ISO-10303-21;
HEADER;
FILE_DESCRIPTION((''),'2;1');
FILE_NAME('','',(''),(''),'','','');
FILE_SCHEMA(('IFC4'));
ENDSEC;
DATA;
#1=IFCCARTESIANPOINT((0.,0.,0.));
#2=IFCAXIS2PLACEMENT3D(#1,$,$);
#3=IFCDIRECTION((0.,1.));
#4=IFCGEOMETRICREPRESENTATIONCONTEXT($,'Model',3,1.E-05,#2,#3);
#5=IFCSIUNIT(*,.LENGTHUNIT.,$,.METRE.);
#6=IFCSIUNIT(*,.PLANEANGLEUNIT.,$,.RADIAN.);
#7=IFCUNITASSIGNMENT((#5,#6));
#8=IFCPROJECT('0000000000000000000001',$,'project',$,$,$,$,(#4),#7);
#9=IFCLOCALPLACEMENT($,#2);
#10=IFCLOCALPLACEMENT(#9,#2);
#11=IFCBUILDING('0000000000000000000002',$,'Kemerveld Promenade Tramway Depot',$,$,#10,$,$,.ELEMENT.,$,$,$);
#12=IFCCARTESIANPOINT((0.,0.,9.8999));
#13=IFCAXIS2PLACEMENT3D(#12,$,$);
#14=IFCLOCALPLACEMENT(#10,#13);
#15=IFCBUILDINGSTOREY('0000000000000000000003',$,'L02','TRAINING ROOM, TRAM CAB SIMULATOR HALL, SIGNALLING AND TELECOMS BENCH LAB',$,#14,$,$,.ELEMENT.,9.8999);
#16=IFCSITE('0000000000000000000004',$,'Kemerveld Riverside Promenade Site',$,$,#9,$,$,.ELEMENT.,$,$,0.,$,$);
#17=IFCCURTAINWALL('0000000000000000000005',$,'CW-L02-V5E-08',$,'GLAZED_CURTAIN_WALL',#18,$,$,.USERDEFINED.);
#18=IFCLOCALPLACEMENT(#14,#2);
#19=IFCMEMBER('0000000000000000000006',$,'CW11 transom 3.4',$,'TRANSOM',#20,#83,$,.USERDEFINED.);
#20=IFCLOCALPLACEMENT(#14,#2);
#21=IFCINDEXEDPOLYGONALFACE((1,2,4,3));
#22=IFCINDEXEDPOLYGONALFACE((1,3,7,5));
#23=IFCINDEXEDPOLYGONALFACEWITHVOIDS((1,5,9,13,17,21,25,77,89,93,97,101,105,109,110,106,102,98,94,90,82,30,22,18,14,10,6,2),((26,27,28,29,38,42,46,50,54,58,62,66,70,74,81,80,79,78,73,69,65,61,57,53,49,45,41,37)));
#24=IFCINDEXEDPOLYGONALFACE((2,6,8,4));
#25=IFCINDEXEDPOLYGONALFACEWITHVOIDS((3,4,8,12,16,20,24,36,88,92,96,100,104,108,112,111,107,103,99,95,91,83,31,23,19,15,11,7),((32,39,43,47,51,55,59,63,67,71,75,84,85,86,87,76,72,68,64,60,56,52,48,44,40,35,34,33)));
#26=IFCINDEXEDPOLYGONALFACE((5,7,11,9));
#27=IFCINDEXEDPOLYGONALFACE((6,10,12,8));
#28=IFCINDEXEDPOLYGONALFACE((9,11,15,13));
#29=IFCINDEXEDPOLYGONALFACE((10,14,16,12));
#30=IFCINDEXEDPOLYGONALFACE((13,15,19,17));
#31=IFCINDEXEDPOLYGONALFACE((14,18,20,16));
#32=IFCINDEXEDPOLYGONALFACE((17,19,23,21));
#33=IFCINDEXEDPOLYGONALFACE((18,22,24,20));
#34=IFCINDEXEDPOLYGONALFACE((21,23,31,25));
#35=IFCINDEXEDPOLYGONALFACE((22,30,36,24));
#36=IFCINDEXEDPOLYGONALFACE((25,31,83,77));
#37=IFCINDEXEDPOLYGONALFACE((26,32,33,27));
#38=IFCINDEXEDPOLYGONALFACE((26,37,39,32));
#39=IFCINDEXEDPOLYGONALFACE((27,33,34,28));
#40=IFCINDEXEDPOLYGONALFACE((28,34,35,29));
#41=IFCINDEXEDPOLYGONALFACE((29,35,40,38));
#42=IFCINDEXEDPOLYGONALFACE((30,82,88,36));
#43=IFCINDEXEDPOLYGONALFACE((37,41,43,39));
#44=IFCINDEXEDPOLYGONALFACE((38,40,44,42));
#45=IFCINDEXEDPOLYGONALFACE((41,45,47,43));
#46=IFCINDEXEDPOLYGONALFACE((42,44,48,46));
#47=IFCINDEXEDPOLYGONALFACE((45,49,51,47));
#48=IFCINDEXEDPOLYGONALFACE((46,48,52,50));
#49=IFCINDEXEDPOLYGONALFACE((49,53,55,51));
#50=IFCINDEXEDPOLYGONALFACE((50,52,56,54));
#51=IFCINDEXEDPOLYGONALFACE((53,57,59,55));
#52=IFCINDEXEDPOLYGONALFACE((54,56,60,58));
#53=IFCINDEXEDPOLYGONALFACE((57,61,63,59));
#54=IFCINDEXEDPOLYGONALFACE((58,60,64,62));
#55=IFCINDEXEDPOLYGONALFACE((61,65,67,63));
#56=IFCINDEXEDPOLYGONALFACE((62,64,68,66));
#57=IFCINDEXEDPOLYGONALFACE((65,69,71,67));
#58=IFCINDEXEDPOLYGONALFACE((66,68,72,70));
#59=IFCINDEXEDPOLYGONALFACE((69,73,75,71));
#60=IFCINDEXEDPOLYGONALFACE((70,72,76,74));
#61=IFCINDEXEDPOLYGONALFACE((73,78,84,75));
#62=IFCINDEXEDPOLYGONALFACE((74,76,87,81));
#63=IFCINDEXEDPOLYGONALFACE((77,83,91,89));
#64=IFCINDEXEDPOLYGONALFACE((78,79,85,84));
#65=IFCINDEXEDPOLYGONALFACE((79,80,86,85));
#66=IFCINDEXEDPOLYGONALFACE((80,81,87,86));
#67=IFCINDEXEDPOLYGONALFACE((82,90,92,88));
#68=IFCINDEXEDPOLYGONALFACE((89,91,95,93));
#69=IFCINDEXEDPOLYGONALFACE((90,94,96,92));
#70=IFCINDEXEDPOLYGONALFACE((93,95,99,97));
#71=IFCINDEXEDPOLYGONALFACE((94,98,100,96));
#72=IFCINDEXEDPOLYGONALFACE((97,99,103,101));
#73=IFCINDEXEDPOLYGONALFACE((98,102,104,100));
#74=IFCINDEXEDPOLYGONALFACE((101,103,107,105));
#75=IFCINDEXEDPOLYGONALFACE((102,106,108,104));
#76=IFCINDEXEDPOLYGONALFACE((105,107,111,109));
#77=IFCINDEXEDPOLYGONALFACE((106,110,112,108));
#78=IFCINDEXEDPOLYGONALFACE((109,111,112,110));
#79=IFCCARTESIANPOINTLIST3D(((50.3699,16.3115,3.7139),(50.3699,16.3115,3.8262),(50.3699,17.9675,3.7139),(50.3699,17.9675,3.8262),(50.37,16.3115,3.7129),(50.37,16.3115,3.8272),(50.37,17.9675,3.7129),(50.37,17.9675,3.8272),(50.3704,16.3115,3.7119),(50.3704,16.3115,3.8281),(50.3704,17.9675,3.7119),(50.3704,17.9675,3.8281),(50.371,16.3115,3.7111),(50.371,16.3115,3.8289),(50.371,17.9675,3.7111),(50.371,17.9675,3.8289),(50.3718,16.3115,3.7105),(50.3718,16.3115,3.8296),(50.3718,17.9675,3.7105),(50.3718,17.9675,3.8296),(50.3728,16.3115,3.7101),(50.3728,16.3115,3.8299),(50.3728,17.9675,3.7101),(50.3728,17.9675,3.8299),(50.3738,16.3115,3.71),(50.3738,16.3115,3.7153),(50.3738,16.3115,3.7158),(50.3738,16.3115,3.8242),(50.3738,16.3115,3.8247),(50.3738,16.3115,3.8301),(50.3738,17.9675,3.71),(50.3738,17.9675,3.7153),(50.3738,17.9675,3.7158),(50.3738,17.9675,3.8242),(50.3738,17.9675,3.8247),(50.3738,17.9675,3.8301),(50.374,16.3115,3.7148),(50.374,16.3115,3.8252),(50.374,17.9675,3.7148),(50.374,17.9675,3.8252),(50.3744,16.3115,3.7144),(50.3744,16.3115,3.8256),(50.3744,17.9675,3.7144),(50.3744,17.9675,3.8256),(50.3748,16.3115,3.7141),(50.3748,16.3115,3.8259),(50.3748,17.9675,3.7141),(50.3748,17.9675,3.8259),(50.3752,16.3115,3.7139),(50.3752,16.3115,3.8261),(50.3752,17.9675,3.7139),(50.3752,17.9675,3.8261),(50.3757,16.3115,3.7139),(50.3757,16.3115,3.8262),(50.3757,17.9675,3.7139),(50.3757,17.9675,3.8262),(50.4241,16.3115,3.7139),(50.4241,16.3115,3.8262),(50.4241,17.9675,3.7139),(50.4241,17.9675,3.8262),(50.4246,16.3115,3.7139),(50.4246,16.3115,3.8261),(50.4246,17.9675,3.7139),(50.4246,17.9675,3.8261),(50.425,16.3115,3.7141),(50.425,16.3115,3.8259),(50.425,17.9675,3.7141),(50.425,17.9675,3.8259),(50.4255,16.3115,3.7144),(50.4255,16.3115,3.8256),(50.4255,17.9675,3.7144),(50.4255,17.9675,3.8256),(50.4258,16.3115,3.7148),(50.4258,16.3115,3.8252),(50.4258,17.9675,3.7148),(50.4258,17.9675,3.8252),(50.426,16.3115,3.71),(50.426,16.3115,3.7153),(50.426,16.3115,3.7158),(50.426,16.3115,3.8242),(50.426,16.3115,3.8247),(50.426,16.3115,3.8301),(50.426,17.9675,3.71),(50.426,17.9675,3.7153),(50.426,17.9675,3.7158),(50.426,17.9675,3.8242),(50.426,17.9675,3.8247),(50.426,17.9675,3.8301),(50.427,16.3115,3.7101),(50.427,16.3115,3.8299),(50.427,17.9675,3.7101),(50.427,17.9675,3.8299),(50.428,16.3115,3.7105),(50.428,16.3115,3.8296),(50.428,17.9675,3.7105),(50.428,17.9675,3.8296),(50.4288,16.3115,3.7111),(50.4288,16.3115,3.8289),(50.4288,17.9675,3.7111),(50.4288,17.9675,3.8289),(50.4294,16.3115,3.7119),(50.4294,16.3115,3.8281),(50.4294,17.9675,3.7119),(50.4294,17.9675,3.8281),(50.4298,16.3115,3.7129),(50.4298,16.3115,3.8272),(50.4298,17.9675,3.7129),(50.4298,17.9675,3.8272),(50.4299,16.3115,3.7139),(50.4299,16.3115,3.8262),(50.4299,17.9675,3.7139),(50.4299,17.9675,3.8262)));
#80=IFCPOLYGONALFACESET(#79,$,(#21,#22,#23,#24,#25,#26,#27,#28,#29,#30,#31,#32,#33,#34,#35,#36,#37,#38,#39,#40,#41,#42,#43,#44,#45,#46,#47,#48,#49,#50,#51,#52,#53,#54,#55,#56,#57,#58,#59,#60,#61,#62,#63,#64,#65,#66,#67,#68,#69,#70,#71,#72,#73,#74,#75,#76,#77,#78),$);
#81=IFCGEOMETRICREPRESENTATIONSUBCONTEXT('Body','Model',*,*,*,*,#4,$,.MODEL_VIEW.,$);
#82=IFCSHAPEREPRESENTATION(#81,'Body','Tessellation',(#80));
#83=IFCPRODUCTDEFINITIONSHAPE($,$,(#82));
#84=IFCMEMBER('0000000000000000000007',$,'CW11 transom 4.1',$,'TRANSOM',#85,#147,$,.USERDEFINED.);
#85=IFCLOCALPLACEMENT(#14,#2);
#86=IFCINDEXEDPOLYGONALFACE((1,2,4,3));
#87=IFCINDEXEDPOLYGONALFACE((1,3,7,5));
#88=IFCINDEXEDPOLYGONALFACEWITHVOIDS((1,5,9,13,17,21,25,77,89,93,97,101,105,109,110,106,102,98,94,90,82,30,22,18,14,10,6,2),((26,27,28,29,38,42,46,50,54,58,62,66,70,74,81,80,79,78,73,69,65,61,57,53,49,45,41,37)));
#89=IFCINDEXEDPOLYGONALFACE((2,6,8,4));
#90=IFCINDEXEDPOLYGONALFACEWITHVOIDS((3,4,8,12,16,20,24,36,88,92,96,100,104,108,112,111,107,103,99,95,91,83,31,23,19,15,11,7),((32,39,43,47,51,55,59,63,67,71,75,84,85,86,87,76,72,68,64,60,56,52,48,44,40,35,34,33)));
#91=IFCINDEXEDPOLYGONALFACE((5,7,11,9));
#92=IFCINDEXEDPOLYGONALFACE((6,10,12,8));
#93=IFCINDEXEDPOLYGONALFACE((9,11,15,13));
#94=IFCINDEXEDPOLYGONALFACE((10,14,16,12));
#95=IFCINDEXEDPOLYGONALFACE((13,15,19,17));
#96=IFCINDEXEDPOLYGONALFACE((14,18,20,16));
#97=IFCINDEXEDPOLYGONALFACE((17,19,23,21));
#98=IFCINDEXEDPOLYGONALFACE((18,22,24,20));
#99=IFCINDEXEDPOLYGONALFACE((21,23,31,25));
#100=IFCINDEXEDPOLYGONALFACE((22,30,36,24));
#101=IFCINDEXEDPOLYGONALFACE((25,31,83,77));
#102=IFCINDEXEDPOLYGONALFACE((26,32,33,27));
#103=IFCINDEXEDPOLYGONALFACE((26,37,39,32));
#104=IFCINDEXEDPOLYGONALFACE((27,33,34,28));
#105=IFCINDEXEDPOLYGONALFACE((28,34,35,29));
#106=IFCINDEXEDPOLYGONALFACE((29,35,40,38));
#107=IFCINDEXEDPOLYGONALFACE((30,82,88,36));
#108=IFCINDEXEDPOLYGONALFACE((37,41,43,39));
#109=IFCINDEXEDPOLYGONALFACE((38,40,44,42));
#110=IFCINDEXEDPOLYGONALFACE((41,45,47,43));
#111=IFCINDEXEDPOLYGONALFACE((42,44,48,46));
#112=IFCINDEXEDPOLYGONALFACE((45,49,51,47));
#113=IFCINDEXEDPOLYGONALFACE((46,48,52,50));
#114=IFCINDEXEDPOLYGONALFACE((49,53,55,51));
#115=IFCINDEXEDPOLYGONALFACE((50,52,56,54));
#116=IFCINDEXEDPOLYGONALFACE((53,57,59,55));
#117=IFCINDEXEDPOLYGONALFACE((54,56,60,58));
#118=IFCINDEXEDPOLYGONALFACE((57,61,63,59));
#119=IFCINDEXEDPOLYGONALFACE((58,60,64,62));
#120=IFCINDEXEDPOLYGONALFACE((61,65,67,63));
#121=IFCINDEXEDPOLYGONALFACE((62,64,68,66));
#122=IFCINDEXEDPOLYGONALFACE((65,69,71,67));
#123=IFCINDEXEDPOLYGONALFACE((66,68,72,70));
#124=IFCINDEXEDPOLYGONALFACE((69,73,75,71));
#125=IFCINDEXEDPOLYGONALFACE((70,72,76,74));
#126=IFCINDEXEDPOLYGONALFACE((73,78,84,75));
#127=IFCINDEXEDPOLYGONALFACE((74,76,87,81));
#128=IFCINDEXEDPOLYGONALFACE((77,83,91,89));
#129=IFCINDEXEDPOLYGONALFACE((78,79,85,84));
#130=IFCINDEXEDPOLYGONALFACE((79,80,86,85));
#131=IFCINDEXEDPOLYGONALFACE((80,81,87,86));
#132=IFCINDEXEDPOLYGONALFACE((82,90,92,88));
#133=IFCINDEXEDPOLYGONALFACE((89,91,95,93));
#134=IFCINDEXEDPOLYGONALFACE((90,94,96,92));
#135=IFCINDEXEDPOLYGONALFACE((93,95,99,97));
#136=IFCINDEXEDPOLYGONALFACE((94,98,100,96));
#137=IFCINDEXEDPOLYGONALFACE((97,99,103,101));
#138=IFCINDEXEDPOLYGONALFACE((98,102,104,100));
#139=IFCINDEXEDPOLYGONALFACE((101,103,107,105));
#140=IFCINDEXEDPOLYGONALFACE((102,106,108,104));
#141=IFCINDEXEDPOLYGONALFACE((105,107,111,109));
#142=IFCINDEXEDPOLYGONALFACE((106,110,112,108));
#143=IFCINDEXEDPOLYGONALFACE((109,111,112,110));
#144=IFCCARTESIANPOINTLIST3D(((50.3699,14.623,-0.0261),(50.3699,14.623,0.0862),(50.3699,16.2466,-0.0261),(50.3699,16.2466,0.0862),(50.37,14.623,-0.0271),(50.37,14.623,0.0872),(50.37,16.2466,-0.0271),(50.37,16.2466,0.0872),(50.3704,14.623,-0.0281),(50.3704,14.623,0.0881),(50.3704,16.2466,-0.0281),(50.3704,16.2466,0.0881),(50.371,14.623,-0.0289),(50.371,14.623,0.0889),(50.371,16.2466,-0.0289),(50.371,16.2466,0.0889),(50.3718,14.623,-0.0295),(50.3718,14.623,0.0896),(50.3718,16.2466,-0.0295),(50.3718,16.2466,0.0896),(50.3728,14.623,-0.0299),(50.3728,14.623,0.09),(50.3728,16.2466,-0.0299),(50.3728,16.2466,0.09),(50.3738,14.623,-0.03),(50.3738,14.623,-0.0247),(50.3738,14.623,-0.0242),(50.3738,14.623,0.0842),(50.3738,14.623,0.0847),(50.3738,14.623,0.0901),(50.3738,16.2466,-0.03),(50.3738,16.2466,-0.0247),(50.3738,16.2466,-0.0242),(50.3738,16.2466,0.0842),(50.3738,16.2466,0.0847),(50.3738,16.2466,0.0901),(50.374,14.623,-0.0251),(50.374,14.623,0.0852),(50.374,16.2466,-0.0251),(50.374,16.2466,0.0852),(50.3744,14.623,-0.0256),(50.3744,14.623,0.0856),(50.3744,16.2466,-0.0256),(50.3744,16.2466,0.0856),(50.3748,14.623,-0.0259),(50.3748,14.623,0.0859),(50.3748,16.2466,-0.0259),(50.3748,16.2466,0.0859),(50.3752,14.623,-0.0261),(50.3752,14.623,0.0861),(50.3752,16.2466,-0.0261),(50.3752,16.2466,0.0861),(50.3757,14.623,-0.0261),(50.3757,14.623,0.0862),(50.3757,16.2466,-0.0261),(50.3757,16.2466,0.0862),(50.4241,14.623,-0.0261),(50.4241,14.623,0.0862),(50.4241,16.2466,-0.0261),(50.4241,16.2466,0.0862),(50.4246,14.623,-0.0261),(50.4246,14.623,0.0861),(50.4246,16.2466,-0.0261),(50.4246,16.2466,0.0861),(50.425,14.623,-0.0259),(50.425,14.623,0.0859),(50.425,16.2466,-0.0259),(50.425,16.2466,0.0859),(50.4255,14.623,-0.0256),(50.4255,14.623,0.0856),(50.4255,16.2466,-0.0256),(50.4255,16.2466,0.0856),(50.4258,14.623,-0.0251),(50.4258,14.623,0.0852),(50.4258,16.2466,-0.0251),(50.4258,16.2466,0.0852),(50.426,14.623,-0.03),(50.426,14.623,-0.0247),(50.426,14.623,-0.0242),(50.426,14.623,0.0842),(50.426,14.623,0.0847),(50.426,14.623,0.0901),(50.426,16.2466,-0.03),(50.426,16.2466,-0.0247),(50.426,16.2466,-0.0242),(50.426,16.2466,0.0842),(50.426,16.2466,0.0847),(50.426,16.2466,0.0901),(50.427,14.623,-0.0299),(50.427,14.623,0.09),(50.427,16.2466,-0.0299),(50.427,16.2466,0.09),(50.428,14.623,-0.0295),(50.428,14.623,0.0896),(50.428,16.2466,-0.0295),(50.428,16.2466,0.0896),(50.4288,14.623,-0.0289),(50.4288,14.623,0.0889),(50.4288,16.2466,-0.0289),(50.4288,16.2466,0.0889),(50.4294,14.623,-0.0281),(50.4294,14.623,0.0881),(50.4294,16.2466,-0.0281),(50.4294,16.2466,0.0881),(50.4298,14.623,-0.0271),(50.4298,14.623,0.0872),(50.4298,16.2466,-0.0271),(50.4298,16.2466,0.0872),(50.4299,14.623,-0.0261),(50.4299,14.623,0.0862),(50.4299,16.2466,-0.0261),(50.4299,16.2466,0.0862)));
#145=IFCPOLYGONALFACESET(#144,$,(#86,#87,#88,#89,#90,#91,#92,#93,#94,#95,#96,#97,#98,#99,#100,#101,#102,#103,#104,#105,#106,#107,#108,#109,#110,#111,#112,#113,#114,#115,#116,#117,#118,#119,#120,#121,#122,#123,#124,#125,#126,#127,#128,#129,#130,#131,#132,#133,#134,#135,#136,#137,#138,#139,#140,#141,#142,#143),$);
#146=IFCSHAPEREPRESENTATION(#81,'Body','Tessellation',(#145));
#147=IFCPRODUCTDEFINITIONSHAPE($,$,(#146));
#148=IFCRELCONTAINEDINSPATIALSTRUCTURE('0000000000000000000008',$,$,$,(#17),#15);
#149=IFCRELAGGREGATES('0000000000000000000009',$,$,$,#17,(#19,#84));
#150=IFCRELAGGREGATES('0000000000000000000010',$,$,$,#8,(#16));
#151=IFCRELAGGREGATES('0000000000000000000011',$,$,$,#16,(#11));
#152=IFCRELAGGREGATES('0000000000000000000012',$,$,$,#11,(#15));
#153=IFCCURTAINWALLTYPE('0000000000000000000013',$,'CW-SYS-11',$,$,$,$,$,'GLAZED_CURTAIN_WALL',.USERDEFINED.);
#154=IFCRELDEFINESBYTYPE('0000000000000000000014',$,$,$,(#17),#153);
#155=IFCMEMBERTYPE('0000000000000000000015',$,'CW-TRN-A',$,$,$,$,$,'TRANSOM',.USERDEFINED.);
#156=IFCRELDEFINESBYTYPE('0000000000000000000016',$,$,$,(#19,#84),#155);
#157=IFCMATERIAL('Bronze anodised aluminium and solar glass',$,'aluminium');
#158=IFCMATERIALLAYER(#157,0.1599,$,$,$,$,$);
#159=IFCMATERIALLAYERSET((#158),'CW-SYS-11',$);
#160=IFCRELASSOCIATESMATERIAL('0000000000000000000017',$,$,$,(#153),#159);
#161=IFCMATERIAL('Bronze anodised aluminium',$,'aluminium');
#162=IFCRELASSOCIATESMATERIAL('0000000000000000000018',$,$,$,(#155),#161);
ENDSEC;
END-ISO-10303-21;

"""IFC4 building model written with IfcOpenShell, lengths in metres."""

from ifc_helpers import new_model, si_unit, direction, frame, origin, origin_2d, place, context, subcontext, project, spatial, hollow_rectangle, extrude, material, layer, layer_set, material_profile, profile_set, type_object, element, aggregate, save


model = new_model("IFC4")

# Units and contexts
model_context = context("Model", 3, precision=1e-05, world=origin(), true_north=direction((0.0, 1.0)))
body_context = subcontext(model_context, "Body", "Model", "MODEL_VIEW")
ifc_project = project(units=[si_unit("LENGTHUNIT", "METRE"), si_unit("PLANEANGLEUNIT", "RADIAN")], contexts=[model_context])

# Site, building, storey
site_placement = place(None, origin())
site = spatial("IfcSite", under=ifc_project, at=site_placement, Name="Kemerveld Riverside Promenade Site", CompositionType="ELEMENT", RefElevation=0.0)
building_placement = place(site_placement, origin())
building = spatial("IfcBuilding", under=site, at=building_placement, Name="Kemerveld Promenade Tramway Depot", CompositionType="ELEMENT")
storey_placement = place(building_placement, frame((0.0, 0.0, 9.8999)))
storey = spatial("IfcBuildingStorey", under=building, at=storey_placement, Name="L02", Description="TRAINING ROOM, TRAM CAB SIMULATOR HALL, SIGNALLING AND TELECOMS BENCH LAB", CompositionType="ELEMENT", Elevation=9.8999)

# Curtain wall, members
ifc_material_1 = material(Name="Bronze anodised aluminium and solar glass", Category="aluminium")
ifc_layer_1 = layer(ifc_material_1, 0.1599)
ifc_layer_set_1 = layer_set([ifc_layer_1], Name="CW-SYS-11")
curtain_wall_type = type_object("IfcCurtainWallType", Name="CW-SYS-11", ElementType="GLAZED_CURTAIN_WALL", PredefinedType="USERDEFINED", material=ifc_layer_set_1)
curtain_wall_placement = place(storey_placement, origin())
curtain_wall = element("IfcCurtainWall", 1, at=curtain_wall_placement, inside=storey, type_object=curtain_wall_type, Name="CW-L02-V5E-08", ObjectType="GLAZED_CURTAIN_WALL", PredefinedType="USERDEFINED")
ifc_material_2 = material(Name="Bronze anodised aluminium", Category="aluminium")
ifc_material_profile_1 = material_profile(ifc_material_2, hollow_rectangle(XDim=0.0601, YDim=0.1201, WallThickness=0.0039, InnerFilletRadius=0.002, OuterFilletRadius=0.0039, at=origin_2d()), Name="CW-TRN-120x60")
ifc_profile_set_1 = profile_set([ifc_material_profile_1], Name="Bronze anodised aluminium")
member_type_1 = type_object("IfcMemberType", Name="CW-TRN-A", ElementType="TRANSOM", PredefinedType="USERDEFINED", material=ifc_profile_set_1)
member_1_placement = place(storey_placement, frame((50.3999, 17.9675, 3.77), z_axis=(0.0, -1.0, 0.0), x_axis=(1.0, 0.0, 0.0)))
member_1 = element("IfcMember", 2, at=member_1_placement, type_object=member_type_1, Name="CW11 transom 3.4", ObjectType="TRANSOM", PredefinedType="USERDEFINED", context=body_context, shape_type="SweptSolid", body=[
    extrude(hollow_rectangle(XDim=0.0601, YDim=0.1201, WallThickness=0.0039, InnerFilletRadius=0.002, OuterFilletRadius=0.0039, at=origin_2d()), origin(), (0.0, 0.0, 1.0), 1.656),
])
member_2_placement = place(storey_placement, frame((50.3999, 16.2466, 0.03), z_axis=(0.0, -1.0, 0.0), x_axis=(1.0, 0.0, 0.0)))
member_2 = element("IfcMember", 3, at=member_2_placement, type_object=member_type_1, Name="CW11 transom 4.1", ObjectType="TRANSOM", PredefinedType="USERDEFINED", context=body_context, shape_type="SweptSolid", body=[
    extrude(hollow_rectangle(XDim=0.0601, YDim=0.1201, WallThickness=0.0039, InnerFilletRadius=0.002, OuterFilletRadius=0.0039, at=origin_2d()), origin(), (0.0, 0.0, 1.0), 1.6235),
])
aggregate(curtain_wall, [member_1, member_2])

save(model, "model.ifc")
